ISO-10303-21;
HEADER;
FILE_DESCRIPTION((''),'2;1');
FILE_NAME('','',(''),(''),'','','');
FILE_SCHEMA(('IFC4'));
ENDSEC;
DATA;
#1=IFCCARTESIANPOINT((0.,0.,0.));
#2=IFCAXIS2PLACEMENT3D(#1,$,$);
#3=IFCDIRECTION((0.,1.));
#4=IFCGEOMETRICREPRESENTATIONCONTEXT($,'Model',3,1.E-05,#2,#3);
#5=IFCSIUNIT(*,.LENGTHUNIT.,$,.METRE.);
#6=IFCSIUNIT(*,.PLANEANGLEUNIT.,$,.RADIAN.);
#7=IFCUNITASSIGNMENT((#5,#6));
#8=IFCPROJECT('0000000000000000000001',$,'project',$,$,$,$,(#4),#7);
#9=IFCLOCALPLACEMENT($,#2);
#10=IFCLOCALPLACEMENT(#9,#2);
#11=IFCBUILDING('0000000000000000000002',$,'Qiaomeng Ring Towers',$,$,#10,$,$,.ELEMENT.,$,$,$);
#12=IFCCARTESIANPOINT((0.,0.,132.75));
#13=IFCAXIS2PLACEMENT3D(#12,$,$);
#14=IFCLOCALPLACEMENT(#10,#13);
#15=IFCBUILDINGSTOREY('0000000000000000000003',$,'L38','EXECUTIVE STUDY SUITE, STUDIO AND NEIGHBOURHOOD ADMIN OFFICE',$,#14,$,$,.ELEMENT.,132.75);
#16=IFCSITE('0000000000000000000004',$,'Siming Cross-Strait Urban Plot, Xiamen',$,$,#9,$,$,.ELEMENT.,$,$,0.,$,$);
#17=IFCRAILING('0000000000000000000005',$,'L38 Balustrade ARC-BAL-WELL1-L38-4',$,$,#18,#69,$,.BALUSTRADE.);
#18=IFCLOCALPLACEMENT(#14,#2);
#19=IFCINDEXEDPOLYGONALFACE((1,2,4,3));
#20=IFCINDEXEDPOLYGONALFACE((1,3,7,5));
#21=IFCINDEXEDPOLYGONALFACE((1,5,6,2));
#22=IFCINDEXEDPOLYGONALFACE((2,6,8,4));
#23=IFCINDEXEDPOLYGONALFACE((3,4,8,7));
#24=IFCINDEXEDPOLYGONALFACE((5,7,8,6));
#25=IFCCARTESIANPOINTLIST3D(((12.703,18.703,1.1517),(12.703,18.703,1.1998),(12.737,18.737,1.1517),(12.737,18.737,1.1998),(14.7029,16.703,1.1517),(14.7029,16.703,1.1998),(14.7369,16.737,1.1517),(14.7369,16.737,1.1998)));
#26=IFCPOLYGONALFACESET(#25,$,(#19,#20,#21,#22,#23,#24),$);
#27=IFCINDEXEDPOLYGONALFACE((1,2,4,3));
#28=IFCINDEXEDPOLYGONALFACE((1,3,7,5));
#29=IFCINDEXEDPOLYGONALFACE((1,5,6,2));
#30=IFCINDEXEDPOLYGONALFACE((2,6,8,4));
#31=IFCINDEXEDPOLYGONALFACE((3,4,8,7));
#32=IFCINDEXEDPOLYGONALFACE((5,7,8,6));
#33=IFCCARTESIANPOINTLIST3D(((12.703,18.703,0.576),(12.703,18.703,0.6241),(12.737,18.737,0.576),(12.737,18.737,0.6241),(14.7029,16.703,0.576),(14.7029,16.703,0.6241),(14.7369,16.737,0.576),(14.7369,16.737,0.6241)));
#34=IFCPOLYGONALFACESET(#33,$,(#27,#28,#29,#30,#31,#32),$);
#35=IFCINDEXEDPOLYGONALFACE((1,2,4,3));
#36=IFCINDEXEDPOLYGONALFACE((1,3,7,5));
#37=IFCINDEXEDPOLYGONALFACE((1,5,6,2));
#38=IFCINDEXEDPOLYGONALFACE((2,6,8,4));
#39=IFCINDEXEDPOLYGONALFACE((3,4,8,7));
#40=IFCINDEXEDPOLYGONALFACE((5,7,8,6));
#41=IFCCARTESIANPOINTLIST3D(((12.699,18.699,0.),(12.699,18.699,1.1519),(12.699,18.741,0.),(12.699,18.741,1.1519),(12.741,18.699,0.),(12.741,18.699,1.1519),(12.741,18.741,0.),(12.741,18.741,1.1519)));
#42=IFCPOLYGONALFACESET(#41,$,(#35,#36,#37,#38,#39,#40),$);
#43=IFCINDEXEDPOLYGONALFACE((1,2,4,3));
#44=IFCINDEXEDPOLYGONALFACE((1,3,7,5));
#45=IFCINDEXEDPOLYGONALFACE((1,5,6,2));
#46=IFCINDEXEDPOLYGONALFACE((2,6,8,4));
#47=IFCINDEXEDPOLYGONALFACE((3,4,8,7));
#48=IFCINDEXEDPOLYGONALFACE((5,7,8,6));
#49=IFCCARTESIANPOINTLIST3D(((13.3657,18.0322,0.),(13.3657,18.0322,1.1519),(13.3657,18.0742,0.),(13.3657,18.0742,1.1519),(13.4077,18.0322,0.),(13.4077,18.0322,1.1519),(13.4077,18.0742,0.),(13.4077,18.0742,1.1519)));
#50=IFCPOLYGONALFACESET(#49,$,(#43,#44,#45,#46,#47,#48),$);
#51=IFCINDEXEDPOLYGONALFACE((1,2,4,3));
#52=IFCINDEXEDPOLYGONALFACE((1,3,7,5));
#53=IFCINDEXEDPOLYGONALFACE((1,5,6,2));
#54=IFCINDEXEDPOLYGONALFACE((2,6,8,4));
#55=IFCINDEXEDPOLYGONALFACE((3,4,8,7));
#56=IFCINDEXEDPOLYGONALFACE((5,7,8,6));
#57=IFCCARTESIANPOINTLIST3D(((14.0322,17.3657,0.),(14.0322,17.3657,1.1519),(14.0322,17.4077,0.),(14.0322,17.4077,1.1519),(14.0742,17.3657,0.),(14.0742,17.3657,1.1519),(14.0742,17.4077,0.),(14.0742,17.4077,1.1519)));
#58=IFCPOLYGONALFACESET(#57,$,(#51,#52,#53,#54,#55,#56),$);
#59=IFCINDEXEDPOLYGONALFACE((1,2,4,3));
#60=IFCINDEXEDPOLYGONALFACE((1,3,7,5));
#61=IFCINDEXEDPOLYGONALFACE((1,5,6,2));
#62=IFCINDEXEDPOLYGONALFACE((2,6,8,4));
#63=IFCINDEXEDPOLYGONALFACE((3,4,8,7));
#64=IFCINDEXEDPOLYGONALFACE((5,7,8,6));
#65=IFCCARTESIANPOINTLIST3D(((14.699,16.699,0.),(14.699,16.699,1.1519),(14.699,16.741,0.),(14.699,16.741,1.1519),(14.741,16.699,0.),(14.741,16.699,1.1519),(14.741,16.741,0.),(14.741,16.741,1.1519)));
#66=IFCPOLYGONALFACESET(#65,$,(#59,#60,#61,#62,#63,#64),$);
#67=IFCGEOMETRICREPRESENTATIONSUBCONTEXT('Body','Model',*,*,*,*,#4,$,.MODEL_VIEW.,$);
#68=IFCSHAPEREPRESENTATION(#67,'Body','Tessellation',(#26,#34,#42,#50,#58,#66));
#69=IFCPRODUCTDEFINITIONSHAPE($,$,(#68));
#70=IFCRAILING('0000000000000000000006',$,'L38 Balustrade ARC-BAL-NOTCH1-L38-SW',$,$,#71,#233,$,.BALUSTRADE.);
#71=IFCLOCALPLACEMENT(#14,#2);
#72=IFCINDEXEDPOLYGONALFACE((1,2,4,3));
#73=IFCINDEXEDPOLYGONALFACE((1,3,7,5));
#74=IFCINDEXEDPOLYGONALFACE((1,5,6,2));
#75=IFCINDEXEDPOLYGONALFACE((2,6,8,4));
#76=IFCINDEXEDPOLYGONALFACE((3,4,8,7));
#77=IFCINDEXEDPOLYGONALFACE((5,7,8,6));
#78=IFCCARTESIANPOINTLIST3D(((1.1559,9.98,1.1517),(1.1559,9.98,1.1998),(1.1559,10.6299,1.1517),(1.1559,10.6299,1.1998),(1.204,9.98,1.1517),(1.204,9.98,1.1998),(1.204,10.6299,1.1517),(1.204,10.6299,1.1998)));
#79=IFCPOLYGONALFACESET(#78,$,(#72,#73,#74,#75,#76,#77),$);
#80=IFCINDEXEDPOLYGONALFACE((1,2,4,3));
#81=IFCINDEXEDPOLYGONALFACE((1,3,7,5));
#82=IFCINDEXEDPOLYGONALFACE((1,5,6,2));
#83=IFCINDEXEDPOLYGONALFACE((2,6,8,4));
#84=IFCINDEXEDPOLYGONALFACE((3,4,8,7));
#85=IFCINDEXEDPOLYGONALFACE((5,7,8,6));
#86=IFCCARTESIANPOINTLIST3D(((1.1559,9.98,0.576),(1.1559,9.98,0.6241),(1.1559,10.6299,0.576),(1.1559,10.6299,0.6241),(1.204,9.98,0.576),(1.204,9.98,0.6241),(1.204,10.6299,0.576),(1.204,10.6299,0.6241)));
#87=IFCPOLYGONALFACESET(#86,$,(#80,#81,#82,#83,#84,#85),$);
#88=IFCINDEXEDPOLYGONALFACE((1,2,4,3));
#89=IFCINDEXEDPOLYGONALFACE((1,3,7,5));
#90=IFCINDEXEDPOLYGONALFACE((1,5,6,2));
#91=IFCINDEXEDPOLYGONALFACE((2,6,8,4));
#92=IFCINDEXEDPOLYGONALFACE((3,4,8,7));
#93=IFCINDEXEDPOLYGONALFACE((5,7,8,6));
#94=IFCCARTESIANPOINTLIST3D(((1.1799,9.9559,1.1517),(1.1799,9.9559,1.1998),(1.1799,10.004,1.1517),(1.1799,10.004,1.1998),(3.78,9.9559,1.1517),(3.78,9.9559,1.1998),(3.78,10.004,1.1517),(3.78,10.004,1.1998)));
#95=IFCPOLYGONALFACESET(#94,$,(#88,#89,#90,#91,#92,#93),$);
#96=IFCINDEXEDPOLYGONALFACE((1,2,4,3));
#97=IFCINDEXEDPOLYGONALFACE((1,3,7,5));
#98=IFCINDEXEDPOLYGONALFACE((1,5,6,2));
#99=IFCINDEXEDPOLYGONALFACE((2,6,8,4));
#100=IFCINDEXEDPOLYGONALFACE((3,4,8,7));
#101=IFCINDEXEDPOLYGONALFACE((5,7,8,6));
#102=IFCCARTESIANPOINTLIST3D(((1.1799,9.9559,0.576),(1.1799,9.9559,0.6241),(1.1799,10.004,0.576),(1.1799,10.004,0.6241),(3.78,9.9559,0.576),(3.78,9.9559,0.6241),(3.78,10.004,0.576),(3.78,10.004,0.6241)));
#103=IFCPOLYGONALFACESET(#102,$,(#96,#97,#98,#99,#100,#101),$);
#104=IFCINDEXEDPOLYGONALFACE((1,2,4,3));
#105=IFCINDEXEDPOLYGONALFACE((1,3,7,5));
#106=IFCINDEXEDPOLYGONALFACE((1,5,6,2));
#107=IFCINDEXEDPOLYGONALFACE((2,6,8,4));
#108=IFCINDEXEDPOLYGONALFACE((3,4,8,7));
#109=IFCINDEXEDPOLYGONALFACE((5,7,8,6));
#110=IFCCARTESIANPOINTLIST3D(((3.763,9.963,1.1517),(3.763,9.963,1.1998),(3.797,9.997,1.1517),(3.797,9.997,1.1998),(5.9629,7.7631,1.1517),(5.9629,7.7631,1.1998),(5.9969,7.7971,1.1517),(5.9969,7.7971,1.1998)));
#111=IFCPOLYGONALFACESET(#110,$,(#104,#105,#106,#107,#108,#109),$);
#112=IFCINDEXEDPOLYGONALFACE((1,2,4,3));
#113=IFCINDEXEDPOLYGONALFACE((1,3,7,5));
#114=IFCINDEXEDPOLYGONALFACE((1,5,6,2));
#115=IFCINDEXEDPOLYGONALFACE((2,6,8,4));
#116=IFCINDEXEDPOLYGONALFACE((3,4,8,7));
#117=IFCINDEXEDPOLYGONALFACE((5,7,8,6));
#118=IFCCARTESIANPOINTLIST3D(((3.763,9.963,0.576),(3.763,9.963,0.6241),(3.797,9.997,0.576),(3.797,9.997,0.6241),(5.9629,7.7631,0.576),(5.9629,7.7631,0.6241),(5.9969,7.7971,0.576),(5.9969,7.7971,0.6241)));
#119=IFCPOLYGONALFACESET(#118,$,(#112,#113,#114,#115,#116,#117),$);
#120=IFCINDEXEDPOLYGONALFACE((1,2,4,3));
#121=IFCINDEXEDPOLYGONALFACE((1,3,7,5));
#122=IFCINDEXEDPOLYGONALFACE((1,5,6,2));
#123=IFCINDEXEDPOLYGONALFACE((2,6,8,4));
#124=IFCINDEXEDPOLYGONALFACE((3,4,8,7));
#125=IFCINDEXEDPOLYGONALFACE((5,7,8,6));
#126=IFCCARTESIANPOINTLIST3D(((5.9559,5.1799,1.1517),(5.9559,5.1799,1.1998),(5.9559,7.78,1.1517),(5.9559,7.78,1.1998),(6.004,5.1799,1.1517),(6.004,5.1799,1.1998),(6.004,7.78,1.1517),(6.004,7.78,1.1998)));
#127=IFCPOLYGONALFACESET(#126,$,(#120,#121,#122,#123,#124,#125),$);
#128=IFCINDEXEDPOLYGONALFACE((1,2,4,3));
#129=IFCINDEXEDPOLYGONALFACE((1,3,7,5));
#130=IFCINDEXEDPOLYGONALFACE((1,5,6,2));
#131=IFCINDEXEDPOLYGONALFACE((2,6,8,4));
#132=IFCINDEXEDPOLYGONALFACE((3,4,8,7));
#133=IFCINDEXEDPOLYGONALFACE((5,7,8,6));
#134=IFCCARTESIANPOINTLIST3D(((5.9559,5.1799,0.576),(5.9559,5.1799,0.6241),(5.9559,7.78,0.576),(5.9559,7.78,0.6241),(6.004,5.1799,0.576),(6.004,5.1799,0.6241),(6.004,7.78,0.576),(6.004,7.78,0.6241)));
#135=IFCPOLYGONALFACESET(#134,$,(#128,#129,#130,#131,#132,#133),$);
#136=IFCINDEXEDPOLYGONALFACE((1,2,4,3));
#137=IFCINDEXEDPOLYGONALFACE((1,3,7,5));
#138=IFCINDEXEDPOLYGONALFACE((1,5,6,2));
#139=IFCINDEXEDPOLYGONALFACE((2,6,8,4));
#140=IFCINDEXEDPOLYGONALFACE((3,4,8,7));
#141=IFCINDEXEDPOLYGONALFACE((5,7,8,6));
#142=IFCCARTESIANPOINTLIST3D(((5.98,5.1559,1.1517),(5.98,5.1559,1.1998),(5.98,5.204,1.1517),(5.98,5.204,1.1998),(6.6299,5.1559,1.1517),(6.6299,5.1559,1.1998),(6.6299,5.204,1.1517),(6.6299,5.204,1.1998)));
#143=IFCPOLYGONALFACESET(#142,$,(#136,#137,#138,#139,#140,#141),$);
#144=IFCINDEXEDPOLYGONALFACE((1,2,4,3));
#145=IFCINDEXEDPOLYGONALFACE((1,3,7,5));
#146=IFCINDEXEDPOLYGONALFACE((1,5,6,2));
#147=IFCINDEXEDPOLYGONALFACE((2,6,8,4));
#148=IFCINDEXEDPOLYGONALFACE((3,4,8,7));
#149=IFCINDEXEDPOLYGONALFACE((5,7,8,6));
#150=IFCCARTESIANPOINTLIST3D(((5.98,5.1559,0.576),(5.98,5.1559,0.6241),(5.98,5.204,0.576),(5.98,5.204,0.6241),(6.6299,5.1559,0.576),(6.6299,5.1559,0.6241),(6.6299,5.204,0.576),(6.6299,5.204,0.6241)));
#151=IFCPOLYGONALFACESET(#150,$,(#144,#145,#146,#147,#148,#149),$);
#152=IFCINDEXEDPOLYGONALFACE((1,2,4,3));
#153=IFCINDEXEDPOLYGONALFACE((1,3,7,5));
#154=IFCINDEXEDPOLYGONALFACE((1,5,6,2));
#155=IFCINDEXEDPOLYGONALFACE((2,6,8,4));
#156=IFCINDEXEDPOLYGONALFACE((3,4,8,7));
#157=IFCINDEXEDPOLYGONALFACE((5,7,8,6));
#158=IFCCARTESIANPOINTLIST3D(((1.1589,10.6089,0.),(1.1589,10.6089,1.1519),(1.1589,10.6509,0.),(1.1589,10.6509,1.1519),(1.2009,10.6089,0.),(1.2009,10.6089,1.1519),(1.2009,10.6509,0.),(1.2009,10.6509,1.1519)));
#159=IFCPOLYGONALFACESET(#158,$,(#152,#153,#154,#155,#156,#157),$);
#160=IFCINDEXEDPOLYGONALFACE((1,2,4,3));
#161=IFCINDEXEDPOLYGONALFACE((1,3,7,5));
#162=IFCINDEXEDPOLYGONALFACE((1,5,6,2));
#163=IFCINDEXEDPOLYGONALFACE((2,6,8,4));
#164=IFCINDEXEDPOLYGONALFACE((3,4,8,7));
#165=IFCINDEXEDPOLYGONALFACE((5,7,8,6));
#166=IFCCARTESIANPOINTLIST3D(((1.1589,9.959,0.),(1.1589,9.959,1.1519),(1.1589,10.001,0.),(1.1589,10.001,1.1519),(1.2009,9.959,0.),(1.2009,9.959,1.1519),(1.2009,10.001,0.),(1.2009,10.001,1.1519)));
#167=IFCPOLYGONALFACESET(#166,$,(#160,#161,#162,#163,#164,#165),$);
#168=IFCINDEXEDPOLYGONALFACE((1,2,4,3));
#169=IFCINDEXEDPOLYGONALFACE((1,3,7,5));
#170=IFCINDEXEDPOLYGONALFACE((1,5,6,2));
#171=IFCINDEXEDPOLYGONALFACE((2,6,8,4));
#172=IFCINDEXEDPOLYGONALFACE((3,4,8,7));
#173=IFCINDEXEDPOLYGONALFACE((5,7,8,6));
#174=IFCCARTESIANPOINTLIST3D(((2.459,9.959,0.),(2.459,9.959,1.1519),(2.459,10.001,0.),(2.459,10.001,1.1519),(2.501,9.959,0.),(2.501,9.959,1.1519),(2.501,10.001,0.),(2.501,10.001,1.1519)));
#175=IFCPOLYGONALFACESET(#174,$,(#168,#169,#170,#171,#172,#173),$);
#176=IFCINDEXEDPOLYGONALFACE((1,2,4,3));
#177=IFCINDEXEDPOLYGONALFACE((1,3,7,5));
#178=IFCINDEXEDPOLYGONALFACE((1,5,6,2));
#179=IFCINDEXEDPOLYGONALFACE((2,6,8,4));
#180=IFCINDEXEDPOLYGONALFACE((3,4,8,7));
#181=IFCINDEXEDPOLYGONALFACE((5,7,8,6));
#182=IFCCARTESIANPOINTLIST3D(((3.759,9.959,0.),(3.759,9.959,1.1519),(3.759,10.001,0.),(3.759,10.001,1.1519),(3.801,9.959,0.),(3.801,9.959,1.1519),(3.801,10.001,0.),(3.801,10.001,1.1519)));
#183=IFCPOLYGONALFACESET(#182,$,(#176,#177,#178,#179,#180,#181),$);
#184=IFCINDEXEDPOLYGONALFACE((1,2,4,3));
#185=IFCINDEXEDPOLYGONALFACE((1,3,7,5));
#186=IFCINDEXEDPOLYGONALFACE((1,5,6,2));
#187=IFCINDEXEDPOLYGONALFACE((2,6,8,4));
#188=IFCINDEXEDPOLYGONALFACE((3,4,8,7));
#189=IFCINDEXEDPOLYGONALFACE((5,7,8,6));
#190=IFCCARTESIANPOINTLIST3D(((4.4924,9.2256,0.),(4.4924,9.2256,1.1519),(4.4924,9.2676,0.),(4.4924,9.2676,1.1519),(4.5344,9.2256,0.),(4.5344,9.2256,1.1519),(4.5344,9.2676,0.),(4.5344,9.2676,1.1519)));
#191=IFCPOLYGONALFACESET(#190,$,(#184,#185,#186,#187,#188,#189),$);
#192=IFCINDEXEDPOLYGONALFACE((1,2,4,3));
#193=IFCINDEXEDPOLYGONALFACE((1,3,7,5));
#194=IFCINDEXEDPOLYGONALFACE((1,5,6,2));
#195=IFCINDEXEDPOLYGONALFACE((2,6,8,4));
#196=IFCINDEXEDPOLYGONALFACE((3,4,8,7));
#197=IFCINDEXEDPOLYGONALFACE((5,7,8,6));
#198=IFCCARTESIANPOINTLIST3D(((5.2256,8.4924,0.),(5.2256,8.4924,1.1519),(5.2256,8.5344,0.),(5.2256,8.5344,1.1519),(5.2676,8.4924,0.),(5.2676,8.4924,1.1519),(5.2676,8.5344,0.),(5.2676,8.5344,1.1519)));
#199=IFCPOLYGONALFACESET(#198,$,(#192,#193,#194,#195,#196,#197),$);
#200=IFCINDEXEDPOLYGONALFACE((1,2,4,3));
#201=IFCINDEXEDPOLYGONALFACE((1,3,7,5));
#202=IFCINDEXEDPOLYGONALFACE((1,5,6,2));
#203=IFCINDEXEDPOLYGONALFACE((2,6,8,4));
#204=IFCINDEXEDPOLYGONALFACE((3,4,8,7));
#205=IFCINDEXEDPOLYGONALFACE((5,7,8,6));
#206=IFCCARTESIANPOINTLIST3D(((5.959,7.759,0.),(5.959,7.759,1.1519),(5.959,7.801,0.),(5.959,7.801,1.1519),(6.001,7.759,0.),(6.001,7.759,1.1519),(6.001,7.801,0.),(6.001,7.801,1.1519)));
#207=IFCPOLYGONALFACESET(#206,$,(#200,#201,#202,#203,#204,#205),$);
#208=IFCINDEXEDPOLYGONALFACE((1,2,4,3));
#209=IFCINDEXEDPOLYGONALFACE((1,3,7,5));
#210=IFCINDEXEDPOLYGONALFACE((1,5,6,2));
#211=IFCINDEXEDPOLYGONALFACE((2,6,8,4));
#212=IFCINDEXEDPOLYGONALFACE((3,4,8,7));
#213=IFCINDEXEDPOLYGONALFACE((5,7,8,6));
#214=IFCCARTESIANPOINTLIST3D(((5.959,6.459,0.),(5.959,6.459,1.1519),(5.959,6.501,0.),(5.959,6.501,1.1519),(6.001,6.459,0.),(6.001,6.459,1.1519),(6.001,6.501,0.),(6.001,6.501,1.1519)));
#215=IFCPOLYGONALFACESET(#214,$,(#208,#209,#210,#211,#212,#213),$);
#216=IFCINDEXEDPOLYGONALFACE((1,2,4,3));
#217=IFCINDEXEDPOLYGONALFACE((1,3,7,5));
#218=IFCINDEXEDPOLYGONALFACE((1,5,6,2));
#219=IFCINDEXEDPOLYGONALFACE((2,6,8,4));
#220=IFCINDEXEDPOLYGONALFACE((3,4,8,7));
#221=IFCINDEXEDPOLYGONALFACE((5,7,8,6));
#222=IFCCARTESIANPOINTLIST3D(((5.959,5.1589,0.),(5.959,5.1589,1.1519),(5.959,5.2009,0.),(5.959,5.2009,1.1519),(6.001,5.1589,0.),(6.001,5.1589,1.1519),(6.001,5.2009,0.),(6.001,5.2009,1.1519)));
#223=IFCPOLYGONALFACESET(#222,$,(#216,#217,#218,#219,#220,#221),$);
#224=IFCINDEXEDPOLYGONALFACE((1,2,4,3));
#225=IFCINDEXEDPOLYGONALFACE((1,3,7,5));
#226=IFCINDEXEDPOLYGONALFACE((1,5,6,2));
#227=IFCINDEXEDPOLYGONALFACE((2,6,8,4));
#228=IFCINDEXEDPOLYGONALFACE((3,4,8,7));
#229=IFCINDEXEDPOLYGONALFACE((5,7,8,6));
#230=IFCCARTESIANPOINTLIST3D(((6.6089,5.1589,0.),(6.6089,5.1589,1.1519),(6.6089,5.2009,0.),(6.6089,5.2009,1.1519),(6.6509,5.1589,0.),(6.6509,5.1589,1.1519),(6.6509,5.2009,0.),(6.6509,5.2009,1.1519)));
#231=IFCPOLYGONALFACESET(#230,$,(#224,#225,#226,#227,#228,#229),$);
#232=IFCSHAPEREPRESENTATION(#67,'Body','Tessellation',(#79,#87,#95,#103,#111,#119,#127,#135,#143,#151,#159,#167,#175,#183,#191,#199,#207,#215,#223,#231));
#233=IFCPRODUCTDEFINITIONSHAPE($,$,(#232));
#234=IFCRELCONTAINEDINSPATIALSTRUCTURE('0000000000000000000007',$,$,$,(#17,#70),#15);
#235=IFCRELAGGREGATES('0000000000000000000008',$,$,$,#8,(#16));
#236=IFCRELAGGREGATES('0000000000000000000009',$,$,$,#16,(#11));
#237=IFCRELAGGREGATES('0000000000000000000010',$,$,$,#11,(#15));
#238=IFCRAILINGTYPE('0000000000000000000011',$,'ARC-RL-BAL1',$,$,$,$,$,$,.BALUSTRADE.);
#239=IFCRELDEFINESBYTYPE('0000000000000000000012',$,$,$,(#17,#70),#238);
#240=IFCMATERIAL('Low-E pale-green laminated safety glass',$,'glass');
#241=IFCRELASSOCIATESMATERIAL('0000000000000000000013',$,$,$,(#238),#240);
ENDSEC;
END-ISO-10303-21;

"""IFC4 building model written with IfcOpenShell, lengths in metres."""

from ifc_helpers import new_model, si_unit, direction, frame, origin, origin_2d, place, context, subcontext, project, spatial, rectangle, extrude, material, type_object, element, save


model = new_model("IFC4")

# Units and contexts
model_context = context("Model", 3, precision=1e-05, world=origin(), true_north=direction((0.0, 1.0)))
body_context = subcontext(model_context, "Body", "Model", "MODEL_VIEW")
ifc_project = project(units=[si_unit("LENGTHUNIT", "METRE"), si_unit("PLANEANGLEUNIT", "RADIAN")], contexts=[model_context])

# Site, building, storey
site_placement = place(None, origin())
site = spatial("IfcSite", under=ifc_project, at=site_placement, Name="Siming Cross-Strait Urban Plot, Xiamen", CompositionType="ELEMENT", RefElevation=0.0)
building_placement = place(site_placement, origin())
building = spatial("IfcBuilding", under=site, at=building_placement, Name="Qiaomeng Ring Towers", CompositionType="ELEMENT")
storey_placement = place(building_placement, frame((0.0, 0.0, 132.75)))
storey = spatial("IfcBuildingStorey", under=building, at=storey_placement, Name="L38", Description="EXECUTIVE STUDY SUITE, STUDIO AND NEIGHBOURHOOD ADMIN OFFICE", CompositionType="ELEMENT", Elevation=132.75)

# Railings
ifc_material_1 = material(Name="Low-E pale-green laminated safety glass", Category="glass")
railing_type_1 = type_object("IfcRailingType", Name="ARC-RL-BAL1", PredefinedType="BALUSTRADE", material=ifc_material_1)
railing_1_placement = place(storey_placement, frame((12.72, 18.72, 0.0)))
element("IfcRailing", 1, at=railing_1_placement, inside=storey, type_object=railing_type_1, Name="L38 Balustrade ARC-BAL-WELL1-L38-4", PredefinedType="BALUSTRADE", context=body_context, shape_type="SweptSolid", body=[
    extrude(rectangle(XDim=0.0481, YDim=0.0481, at=origin_2d()), frame((0.0, 0.0, 1.1758), z_axis=(0.707107, -0.707107, 0.0), x_axis=(0.707107, 0.707107, 0.0)), (0.0, 0.0, 1.0), 2.8284),
    extrude(rectangle(XDim=0.0481, YDim=0.0481, at=origin_2d()), frame((0.0, 0.0, 0.6001), z_axis=(0.707107, -0.707107, 0.0), x_axis=(0.707107, 0.707107, 0.0)), (0.0, 0.0, 1.0), 2.8284),
    extrude(rectangle(XDim=0.042, YDim=0.042, at=origin_2d()), origin(), (0.0, 0.0, 1.0), 1.1519),
    extrude(rectangle(XDim=0.042, YDim=0.042, at=origin_2d()), frame((0.6667, -0.6667, 0.0)), (0.0, 0.0, 1.0), 1.1519),
    extrude(rectangle(XDim=0.042, YDim=0.042, at=origin_2d()), frame((1.3333, -1.3333, 0.0)), (0.0, 0.0, 1.0), 1.1519),
    extrude(rectangle(XDim=0.042, YDim=0.042, at=origin_2d()), frame((2.0, -2.0, 0.0)), (0.0, 0.0, 1.0), 1.1519),
])
railing_2_placement = place(storey_placement, frame((1.1799, 10.6299, 0.0)))
element("IfcRailing", 2, at=railing_2_placement, inside=storey, type_object=railing_type_1, Name="L38 Balustrade ARC-BAL-NOTCH1-L38-SW", PredefinedType="BALUSTRADE", context=body_context, shape_type="SweptSolid", body=[
    extrude(rectangle(XDim=0.0481, YDim=0.0481, at=origin_2d()), frame((0.0, 0.0, 1.1758), z_axis=(0.0, -1.0, 0.0), x_axis=(1.0, 0.0, 0.0)), (0.0, 0.0, 1.0), 0.6499),
    extrude(rectangle(XDim=0.0481, YDim=0.0481, at=origin_2d()), frame((0.0, 0.0, 0.6001), z_axis=(0.0, -1.0, 0.0), x_axis=(1.0, 0.0, 0.0)), (0.0, 0.0, 1.0), 0.6499),
    extrude(rectangle(XDim=0.0481, YDim=0.0481, at=origin_2d()), frame((0.0, -0.6499, 1.1758), z_axis=(1.0, 0.0, 0.0), x_axis=(0.0, 1.0, 0.0)), (0.0, 0.0, 1.0), 2.6001),
    extrude(rectangle(XDim=0.0481, YDim=0.0481, at=origin_2d()), frame((0.0, -0.6499, 0.6001), z_axis=(1.0, 0.0, 0.0), x_axis=(0.0, 1.0, 0.0)), (0.0, 0.0, 1.0), 2.6001),
    extrude(rectangle(XDim=0.0481, YDim=0.0481, at=origin_2d()), frame((2.6001, -0.6499, 1.1758), z_axis=(0.707107, -0.707107, 0.0), x_axis=(0.707107, 0.707107, 0.0)), (0.0, 0.0, 1.0), 3.1111),
    extrude(rectangle(XDim=0.0481, YDim=0.0481, at=origin_2d()), frame((2.6001, -0.6499, 0.6001), z_axis=(0.707107, -0.707107, 0.0), x_axis=(0.707107, 0.707107, 0.0)), (0.0, 0.0, 1.0), 3.1111),
    extrude(rectangle(XDim=0.0481, YDim=0.0481, at=origin_2d()), frame((4.8, -2.8499, 1.1758), z_axis=(0.0, -1.0, 0.0), x_axis=(1.0, 0.0, 0.0)), (0.0, 0.0, 1.0), 2.6001),
    extrude(rectangle(XDim=0.0481, YDim=0.0481, at=origin_2d()), frame((4.8, -2.8499, 0.6001), z_axis=(0.0, -1.0, 0.0), x_axis=(1.0, 0.0, 0.0)), (0.0, 0.0, 1.0), 2.6001),
    extrude(rectangle(XDim=0.0481, YDim=0.0481, at=origin_2d()), frame((4.8, -5.45, 1.1758), z_axis=(1.0, 0.0, 0.0), x_axis=(0.0, 1.0, 0.0)), (0.0, 0.0, 1.0), 0.6499),
    extrude(rectangle(XDim=0.0481, YDim=0.0481, at=origin_2d()), frame((4.8, -5.45, 0.6001), z_axis=(1.0, 0.0, 0.0), x_axis=(0.0, 1.0, 0.0)), (0.0, 0.0, 1.0), 0.6499),
    extrude(rectangle(XDim=0.042, YDim=0.042, at=origin_2d()), origin(), (0.0, 0.0, 1.0), 1.1519),
    extrude(rectangle(XDim=0.042, YDim=0.042, at=origin_2d()), frame((0.0, -0.6499, 0.0)), (0.0, 0.0, 1.0), 1.1519),
    extrude(rectangle(XDim=0.042, YDim=0.042, at=origin_2d()), frame((1.3, -0.6499, 0.0)), (0.0, 0.0, 1.0), 1.1519),
    extrude(rectangle(XDim=0.042, YDim=0.042, at=origin_2d()), frame((2.6001, -0.6499, 0.0)), (0.0, 0.0, 1.0), 1.1519),
    extrude(rectangle(XDim=0.042, YDim=0.042, at=origin_2d()), frame((3.3335, -1.3833, 0.0)), (0.0, 0.0, 1.0), 1.1519),
    extrude(rectangle(XDim=0.042, YDim=0.042, at=origin_2d()), frame((4.0667, -2.1165, 0.0)), (0.0, 0.0, 1.0), 1.1519),
    extrude(rectangle(XDim=0.042, YDim=0.042, at=origin_2d()), frame((4.8, -2.8499, 0.0)), (0.0, 0.0, 1.0), 1.1519),
    extrude(rectangle(XDim=0.042, YDim=0.042, at=origin_2d()), frame((4.8, -4.1499, 0.0)), (0.0, 0.0, 1.0), 1.1519),
    extrude(rectangle(XDim=0.042, YDim=0.042, at=origin_2d()), frame((4.8, -5.45, 0.0)), (0.0, 0.0, 1.0), 1.1519),
    extrude(rectangle(XDim=0.042, YDim=0.042, at=origin_2d()), frame((5.45, -5.45, 0.0)), (0.0, 0.0, 1.0), 1.1519),
])

save(model, "model.ifc")
